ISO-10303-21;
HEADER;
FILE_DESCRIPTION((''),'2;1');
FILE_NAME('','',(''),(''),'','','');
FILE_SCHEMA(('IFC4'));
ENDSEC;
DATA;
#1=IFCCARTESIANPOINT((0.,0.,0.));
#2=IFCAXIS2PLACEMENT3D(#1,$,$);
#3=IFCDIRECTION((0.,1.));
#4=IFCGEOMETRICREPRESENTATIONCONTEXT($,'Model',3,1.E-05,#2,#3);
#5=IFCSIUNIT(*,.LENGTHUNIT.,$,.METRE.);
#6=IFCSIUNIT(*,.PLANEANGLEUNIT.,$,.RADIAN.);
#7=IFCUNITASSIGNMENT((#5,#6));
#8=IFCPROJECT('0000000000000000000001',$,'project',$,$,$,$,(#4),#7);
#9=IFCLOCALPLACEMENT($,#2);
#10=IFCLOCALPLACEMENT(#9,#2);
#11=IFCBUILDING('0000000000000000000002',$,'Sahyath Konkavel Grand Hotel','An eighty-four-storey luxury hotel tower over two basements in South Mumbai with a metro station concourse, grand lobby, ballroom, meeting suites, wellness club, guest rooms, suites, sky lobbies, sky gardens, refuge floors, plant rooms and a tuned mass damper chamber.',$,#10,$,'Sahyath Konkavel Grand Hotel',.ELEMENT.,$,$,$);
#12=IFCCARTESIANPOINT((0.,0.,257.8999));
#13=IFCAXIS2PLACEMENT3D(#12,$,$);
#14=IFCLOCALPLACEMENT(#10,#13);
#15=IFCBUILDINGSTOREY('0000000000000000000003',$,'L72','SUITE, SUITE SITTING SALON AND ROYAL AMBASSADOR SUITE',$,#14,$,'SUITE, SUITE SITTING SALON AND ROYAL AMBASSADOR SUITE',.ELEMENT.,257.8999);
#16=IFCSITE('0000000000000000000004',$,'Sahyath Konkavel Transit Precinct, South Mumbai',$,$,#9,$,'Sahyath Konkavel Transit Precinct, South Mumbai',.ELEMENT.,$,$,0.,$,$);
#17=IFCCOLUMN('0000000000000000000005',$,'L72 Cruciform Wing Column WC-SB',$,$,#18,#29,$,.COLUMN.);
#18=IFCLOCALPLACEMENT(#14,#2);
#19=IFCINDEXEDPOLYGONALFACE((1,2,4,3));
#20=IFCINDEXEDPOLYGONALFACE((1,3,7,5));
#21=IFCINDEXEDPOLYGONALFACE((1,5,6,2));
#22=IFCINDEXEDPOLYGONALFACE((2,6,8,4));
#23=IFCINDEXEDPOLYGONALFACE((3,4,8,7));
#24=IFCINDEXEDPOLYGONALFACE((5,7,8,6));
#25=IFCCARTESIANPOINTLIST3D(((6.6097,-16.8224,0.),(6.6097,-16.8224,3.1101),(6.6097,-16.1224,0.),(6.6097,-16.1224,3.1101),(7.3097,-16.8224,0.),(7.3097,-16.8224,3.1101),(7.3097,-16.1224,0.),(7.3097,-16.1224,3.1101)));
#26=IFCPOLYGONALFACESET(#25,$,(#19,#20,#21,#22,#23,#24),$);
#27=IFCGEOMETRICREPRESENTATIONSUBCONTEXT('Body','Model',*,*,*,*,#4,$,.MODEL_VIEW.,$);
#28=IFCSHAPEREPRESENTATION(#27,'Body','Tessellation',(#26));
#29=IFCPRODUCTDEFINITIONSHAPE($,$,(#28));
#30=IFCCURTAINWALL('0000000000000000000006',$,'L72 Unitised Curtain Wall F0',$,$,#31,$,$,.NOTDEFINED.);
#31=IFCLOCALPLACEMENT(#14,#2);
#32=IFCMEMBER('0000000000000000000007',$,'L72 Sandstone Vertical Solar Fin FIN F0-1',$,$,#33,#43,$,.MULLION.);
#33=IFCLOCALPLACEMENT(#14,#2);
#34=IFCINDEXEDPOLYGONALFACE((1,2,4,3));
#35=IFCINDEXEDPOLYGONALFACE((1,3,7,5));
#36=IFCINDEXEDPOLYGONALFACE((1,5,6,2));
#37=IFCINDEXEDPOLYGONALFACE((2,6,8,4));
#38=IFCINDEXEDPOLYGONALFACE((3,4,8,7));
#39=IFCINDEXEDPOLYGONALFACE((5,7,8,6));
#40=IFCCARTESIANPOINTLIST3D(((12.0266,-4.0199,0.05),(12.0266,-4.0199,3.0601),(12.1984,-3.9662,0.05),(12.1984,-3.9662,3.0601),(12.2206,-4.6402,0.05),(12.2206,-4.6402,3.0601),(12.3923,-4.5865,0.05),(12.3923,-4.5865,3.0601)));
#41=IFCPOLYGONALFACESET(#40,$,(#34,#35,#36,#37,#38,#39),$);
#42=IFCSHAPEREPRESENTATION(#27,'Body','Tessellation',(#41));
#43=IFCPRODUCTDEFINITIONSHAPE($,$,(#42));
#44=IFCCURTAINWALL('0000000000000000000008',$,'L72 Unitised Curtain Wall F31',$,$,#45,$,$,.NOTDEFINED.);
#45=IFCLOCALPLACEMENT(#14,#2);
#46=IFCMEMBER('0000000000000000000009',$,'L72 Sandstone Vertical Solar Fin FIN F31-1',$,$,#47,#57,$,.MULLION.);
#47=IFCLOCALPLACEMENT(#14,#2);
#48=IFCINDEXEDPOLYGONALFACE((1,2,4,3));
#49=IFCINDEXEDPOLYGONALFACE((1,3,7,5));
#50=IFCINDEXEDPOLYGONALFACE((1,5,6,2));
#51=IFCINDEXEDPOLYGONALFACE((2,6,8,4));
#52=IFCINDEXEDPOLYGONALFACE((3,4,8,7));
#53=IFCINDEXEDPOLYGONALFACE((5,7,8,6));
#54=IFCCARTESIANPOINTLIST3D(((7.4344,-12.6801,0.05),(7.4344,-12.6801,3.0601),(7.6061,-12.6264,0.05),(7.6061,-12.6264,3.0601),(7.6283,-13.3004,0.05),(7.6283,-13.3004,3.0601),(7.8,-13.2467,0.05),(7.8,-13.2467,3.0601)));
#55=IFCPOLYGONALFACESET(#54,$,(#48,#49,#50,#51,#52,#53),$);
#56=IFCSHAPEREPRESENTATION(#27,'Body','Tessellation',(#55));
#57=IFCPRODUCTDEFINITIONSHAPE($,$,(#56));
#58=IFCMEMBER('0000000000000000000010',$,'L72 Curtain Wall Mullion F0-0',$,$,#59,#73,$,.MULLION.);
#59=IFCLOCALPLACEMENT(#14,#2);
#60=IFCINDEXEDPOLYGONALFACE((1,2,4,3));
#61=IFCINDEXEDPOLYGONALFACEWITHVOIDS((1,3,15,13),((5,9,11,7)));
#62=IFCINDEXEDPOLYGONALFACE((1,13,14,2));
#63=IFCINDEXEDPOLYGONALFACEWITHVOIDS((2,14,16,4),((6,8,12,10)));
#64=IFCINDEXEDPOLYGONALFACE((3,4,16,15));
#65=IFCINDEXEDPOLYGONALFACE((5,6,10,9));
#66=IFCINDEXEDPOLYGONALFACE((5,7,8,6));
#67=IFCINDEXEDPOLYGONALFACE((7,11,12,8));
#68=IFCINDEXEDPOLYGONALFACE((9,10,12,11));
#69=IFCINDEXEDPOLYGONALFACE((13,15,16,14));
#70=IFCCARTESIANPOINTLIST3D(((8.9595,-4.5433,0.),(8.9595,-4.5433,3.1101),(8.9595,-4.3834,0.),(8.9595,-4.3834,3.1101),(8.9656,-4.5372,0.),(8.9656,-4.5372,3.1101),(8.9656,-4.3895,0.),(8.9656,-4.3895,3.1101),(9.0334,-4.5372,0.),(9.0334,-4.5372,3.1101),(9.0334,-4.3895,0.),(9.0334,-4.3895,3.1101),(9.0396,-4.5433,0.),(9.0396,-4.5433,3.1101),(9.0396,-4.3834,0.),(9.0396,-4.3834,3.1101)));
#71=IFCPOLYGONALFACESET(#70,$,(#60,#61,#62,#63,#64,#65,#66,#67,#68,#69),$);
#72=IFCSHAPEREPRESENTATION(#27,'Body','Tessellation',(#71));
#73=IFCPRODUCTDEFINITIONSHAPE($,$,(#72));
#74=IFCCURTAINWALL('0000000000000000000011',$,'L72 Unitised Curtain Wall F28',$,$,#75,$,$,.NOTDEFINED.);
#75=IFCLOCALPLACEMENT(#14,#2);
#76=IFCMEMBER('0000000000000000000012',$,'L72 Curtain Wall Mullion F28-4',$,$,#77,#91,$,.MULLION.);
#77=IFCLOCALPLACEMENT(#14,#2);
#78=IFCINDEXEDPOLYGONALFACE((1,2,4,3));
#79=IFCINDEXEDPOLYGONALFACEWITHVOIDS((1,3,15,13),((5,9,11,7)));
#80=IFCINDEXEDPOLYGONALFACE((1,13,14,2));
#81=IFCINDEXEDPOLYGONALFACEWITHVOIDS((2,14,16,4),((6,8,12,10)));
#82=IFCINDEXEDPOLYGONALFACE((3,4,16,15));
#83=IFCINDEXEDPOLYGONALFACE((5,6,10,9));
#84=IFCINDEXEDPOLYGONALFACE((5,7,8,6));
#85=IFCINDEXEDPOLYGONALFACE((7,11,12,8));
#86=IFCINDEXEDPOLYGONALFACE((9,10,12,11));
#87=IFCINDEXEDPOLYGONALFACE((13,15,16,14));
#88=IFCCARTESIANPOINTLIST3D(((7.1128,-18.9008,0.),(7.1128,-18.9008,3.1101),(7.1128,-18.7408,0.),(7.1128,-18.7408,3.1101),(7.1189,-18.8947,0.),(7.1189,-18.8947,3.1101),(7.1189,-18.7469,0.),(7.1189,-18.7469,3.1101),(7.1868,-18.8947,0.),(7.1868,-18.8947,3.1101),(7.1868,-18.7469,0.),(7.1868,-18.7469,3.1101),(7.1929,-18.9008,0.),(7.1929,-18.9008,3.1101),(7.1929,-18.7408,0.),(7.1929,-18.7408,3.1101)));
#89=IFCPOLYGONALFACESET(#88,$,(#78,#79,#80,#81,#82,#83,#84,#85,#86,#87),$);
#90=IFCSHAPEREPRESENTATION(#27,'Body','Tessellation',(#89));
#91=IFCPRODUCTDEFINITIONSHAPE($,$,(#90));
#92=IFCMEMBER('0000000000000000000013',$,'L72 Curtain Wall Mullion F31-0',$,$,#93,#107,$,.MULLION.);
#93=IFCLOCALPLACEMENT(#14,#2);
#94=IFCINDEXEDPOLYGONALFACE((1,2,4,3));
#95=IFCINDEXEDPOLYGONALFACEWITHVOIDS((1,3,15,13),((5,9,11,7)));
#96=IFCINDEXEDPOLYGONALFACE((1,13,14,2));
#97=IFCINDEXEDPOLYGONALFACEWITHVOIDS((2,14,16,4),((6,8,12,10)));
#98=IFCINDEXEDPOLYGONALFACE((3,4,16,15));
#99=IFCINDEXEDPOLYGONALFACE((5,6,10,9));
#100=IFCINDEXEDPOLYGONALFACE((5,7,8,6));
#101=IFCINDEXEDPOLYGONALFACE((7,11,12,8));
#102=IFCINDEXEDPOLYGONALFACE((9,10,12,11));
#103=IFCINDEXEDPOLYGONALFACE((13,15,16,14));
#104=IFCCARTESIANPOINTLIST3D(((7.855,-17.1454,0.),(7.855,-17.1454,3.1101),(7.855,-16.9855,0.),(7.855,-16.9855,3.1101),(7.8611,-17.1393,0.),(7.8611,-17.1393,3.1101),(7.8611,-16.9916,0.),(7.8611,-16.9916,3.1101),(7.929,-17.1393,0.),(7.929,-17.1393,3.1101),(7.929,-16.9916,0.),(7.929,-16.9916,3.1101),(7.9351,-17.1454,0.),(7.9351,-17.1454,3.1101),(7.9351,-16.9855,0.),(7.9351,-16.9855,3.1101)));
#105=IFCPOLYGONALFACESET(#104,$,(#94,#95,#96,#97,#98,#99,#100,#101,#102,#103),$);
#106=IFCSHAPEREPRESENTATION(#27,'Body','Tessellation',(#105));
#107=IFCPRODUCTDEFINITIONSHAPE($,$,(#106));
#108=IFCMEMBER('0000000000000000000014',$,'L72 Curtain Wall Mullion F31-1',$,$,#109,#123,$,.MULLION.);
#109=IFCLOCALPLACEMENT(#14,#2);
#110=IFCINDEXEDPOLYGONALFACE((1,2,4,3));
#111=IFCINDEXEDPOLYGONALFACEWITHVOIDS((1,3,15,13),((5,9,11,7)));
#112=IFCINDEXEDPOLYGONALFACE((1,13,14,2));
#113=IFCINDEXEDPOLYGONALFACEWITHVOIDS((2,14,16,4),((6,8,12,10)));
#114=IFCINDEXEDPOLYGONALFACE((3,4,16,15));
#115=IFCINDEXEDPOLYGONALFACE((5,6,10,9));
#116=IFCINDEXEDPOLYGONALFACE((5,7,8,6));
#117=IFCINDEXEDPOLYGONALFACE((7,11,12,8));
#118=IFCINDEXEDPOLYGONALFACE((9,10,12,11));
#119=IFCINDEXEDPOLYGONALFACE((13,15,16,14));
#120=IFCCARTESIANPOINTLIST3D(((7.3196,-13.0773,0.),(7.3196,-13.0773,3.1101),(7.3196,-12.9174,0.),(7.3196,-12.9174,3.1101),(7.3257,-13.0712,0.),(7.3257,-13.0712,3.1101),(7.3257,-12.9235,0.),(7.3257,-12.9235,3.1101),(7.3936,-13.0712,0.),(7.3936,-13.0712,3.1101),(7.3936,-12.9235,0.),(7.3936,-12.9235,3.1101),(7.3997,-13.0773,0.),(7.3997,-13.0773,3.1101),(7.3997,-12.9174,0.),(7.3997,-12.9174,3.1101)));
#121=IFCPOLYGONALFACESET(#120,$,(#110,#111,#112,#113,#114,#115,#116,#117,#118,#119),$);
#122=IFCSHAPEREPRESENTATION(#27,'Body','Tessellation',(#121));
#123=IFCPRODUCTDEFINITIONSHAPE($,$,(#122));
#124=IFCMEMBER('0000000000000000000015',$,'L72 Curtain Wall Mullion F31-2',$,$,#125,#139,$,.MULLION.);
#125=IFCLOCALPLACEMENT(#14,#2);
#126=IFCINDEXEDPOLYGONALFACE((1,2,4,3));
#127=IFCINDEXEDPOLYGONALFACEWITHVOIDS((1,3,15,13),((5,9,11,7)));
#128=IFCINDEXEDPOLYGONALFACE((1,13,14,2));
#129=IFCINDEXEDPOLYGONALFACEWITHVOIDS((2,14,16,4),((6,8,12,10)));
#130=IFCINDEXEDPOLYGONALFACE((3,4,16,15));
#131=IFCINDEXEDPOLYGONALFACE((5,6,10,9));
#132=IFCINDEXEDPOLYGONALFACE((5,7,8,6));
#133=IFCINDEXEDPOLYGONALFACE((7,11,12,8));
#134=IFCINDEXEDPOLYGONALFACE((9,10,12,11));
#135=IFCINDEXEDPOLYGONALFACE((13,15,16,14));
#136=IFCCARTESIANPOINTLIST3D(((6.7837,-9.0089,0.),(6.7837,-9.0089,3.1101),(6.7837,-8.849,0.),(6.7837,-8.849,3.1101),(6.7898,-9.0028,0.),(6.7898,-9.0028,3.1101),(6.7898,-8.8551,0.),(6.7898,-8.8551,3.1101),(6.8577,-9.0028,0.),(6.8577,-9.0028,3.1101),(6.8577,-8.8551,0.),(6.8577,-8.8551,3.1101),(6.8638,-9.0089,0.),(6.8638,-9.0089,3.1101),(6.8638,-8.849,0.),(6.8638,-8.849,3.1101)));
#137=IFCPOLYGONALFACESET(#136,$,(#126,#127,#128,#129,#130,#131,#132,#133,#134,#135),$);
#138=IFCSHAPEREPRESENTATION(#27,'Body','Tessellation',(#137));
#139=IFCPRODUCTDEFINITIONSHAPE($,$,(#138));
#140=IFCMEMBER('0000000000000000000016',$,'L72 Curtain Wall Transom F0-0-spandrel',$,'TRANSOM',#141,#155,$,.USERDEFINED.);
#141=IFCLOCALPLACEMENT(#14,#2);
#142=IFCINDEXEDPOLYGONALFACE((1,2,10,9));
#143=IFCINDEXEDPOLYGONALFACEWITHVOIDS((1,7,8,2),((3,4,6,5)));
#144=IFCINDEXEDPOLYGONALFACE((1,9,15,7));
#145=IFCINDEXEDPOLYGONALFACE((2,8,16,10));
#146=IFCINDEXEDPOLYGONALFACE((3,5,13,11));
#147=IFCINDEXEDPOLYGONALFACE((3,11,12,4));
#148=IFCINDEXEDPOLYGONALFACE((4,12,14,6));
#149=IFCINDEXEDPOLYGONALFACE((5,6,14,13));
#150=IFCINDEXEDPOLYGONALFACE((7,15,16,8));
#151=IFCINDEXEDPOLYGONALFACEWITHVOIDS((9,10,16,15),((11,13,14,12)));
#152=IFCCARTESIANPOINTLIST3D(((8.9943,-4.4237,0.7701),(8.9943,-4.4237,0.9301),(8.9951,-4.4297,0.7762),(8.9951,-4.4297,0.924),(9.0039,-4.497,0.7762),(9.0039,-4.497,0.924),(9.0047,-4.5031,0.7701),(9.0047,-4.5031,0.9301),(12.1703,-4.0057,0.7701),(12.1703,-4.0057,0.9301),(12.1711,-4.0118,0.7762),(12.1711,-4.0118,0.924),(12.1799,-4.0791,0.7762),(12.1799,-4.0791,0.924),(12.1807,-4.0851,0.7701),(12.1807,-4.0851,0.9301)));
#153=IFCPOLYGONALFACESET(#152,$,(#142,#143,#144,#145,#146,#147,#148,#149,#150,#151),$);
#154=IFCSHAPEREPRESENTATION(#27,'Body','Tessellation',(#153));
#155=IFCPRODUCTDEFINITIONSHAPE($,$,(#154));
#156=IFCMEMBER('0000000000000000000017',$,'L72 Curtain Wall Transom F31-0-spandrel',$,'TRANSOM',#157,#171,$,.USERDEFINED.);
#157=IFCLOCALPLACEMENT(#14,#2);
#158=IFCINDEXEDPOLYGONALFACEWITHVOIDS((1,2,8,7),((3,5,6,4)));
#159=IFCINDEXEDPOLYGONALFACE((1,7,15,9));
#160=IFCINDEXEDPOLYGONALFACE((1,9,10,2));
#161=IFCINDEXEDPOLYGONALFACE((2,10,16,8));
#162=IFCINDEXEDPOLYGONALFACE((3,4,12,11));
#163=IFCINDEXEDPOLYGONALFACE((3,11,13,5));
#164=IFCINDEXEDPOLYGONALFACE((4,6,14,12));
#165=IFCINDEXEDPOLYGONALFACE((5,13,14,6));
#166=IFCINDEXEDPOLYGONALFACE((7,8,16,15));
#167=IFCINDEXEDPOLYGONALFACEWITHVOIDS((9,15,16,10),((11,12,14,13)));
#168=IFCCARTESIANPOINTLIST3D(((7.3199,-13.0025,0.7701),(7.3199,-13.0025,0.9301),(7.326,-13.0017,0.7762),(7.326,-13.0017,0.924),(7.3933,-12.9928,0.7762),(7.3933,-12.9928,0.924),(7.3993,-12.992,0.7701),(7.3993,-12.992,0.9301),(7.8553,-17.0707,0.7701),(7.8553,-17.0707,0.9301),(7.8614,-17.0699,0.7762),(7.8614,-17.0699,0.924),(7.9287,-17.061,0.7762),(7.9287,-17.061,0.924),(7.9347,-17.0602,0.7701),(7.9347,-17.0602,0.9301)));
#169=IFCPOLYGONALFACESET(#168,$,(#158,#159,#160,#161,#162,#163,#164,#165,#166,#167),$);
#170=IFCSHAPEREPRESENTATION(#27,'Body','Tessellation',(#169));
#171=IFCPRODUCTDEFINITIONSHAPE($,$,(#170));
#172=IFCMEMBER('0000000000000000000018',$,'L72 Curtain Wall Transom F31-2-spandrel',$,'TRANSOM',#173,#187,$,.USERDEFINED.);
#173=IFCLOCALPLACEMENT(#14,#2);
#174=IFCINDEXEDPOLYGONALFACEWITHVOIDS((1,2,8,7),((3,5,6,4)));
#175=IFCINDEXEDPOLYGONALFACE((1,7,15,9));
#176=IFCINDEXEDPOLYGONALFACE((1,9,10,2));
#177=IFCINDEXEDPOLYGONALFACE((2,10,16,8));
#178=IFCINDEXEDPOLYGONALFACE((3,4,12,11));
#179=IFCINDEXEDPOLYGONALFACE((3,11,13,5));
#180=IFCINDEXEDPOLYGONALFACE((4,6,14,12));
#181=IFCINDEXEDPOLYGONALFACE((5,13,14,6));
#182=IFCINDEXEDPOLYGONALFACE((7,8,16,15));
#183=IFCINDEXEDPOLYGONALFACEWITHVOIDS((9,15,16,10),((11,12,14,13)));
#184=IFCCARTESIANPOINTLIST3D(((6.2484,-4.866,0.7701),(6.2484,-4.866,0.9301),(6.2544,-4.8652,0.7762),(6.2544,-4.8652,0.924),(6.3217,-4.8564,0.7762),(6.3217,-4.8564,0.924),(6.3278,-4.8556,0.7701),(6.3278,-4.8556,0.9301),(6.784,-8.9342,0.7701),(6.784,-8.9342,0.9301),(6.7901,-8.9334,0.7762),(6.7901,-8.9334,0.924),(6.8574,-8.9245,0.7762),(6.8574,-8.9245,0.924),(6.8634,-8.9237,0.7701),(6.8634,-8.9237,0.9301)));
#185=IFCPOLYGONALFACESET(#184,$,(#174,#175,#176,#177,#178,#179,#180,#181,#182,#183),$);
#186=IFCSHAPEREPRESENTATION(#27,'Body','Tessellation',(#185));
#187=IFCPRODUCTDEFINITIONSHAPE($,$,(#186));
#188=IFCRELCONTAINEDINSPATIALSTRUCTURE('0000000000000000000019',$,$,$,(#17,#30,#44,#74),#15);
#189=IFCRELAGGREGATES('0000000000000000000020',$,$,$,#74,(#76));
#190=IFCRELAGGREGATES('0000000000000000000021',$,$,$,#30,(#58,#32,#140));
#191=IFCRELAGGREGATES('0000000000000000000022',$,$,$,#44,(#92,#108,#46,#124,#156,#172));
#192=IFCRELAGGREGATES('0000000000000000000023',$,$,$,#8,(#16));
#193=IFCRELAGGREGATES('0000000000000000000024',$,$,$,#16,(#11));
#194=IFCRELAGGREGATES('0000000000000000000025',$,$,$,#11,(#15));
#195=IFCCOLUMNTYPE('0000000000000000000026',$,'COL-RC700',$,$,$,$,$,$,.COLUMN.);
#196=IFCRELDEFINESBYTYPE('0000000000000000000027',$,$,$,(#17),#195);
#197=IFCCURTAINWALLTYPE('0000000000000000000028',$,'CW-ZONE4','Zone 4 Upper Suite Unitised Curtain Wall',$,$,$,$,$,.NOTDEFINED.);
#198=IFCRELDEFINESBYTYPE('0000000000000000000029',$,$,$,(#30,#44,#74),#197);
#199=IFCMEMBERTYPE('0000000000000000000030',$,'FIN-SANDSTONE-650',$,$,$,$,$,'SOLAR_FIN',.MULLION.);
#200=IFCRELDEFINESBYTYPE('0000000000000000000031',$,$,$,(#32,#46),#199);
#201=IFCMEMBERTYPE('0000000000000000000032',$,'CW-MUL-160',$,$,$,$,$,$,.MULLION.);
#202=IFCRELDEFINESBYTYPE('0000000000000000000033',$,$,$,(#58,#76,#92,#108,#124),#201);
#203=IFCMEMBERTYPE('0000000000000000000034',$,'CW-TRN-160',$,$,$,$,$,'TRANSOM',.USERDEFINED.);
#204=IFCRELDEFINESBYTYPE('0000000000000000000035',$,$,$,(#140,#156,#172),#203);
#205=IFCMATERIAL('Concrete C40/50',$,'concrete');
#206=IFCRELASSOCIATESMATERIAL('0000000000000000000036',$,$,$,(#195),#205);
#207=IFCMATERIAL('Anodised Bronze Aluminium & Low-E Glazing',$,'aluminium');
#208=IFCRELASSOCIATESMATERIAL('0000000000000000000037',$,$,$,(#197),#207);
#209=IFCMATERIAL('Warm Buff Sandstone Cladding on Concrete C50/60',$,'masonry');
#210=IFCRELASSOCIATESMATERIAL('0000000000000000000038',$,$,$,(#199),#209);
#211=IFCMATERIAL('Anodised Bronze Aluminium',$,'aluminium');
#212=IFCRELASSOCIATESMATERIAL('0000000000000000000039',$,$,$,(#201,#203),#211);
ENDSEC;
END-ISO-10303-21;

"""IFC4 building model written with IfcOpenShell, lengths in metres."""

from ifc_helpers import new_model, si_unit, direction, frame, origin, origin_2d, place, context, subcontext, project, spatial, rectangle, hollow_rectangle, extrude, source, transform, mapped, material, material_profile, profile_set, type_object, element, aggregate, save


model = new_model("IFC4")

# Units and contexts
model_context = context("Model", 3, precision=1e-05, world=origin(), true_north=direction((0.0, 1.0)))
body_context = subcontext(model_context, "Body", "Model", "MODEL_VIEW")
ifc_project = project(units=[si_unit("LENGTHUNIT", "METRE"), si_unit("PLANEANGLEUNIT", "RADIAN")], contexts=[model_context])

# Site, building, storey
site_placement = place(None, origin())
site = spatial("IfcSite", under=ifc_project, at=site_placement, Name="Sahyath Konkavel Transit Precinct, South Mumbai", LongName="Sahyath Konkavel Transit Precinct, South Mumbai", CompositionType="ELEMENT", RefElevation=0.0)
building_placement = place(site_placement, origin())
building = spatial("IfcBuilding", under=site, at=building_placement, Name="Sahyath Konkavel Grand Hotel", Description="An eighty-four-storey luxury hotel tower over two basements in South Mumbai with a metro station concourse, grand lobby, ballroom, meeting suites, wellness club, guest rooms, suites, sky lobbies, sky gardens, refuge floors, plant rooms and a tuned mass damper chamber.", LongName="Sahyath Konkavel Grand Hotel", CompositionType="ELEMENT")
storey_placement = place(building_placement, frame((0.0, 0.0, 257.8999)))
storey = spatial("IfcBuildingStorey", under=building, at=storey_placement, Name="L72", Description="SUITE, SUITE SITTING SALON AND ROYAL AMBASSADOR SUITE", LongName="SUITE, SUITE SITTING SALON AND ROYAL AMBASSADOR SUITE", CompositionType="ELEMENT", Elevation=257.8999)

# Column
ifc_material_1 = material(Name="Concrete C40/50", Category="concrete")
ifc_material_profile_1 = material_profile(ifc_material_1, rectangle(XDim=0.7, YDim=0.7, at=origin_2d()), Name="RC 700x700")
ifc_profile_set_1 = profile_set([ifc_material_profile_1], Name="Concrete C40/50")
column_type = type_object("IfcColumnType", Name="COL-RC700", PredefinedType="COLUMN", material=ifc_profile_set_1)
shared_shape_1 = source(origin(), body_context, "Body", "SweptSolid", [
    extrude(rectangle(XDim=0.7, YDim=0.7, at=origin_2d()), origin(), (0.0, 0.0, 1.0), 3.1101),
])
column_placement = place(storey_placement, frame((6.9597, -16.4724, 0.0), z_axis=(0.0, 0.0, 1.0), x_axis=(1.0, 0.0, 0.0)))
element("IfcColumn", 1, at=column_placement, inside=storey, type_object=column_type, Name="L72 Cruciform Wing Column WC-SB", PredefinedType="COLUMN", context=body_context, shape_type="MappedRepresentation", body=[
    mapped(shared_shape_1, transform((0.0, 0.0, 0.0), scale=1.0)),
])

# Curtain walls, members
ifc_material_2 = material(Name="Anodised Bronze Aluminium & Low-E Glazing", Category="aluminium")
curtain_wall_type = type_object("IfcCurtainWallType", Name="CW-ZONE4", Description="Zone 4 Upper Suite Unitised Curtain Wall", PredefinedType="NOTDEFINED", material=ifc_material_2)
curtain_wall_1_placement = place(storey_placement, origin())
curtain_wall_1 = element("IfcCurtainWall", 2, at=curtain_wall_1_placement, inside=storey, type_object=curtain_wall_type, Name="L72 Unitised Curtain Wall F0", PredefinedType="NOTDEFINED")
ifc_material_3 = material(Name="Warm Buff Sandstone Cladding on Concrete C50/60", Category="masonry")
ifc_material_profile_2 = material_profile(ifc_material_3, rectangle(XDim=0.1799, YDim=0.6499, at=origin_2d()), Name="FIN 180x650")
ifc_profile_set_2 = profile_set([ifc_material_profile_2], Name="Warm Buff Sandstone Cladding on Concrete C50/60")
member_type_1 = type_object("IfcMemberType", Name="FIN-SANDSTONE-650", ElementType="SOLAR_FIN", PredefinedType="MULLION", material=ifc_profile_set_2)
shared_shape_2 = source(origin(), body_context, "Body", "SweptSolid", [
    extrude(rectangle(XDim=0.1799, YDim=0.6499, at=origin_2d()), origin(), (0.0, 0.0, 1.0), 3.01),
])
member_1_placement = place(storey_placement, frame((12.2095, -4.3032, 0.05), z_axis=(0.0, 0.0, 1.0), x_axis=(0.954449, 0.298375, 0.0)))
member_1 = element("IfcMember", 3, at=member_1_placement, type_object=member_type_1, Name="L72 Sandstone Vertical Solar Fin FIN F0-1", PredefinedType="MULLION", context=body_context, shape_type="MappedRepresentation", body=[
    mapped(shared_shape_2, transform((0.0, 0.0, 0.0), scale=1.0)),
])
curtain_wall_2_placement = place(storey_placement, origin())
curtain_wall_2 = element("IfcCurtainWall", 4, at=curtain_wall_2_placement, inside=storey, type_object=curtain_wall_type, Name="L72 Unitised Curtain Wall F31", PredefinedType="NOTDEFINED")
member_2_placement = place(storey_placement, frame((7.6172, -12.9634, 0.05), z_axis=(0.0, 0.0, 1.0), x_axis=(0.954449, 0.298375, 0.0)))
member_2 = element("IfcMember", 5, at=member_2_placement, type_object=member_type_1, Name="L72 Sandstone Vertical Solar Fin FIN F31-1", PredefinedType="MULLION", context=body_context, shape_type="MappedRepresentation", body=[
    mapped(shared_shape_2, transform((0.0, 0.0, 0.0), scale=1.0)),
])

# Member
ifc_material_4 = material(Name="Anodised Bronze Aluminium", Category="aluminium")
ifc_material_profile_3 = material_profile(ifc_material_4, hollow_rectangle(XDim=0.0801, YDim=0.1599, WallThickness=0.0061, at=origin_2d()), Name="RHS 160x80x6")
ifc_profile_set_3 = profile_set([ifc_material_profile_3], Name="Anodised Bronze Aluminium")
member_type_2 = type_object("IfcMemberType", Name="CW-MUL-160", PredefinedType="MULLION", material=ifc_profile_set_3)
shared_shape_3 = source(origin(), body_context, "Body", "SweptSolid", [
    extrude(hollow_rectangle(XDim=0.0801, YDim=0.1599, WallThickness=0.0061, at=origin_2d()), origin(), (0.0, 0.0, 1.0), 3.1101),
])
member_3_placement = place(storey_placement, frame((8.9995, -4.4634, 0.0), z_axis=(0.0, 0.0, 1.0), x_axis=(1.0, 0.0, 0.0)))
member_3 = element("IfcMember", 6, at=member_3_placement, type_object=member_type_2, Name="L72 Curtain Wall Mullion F0-0", PredefinedType="MULLION", context=body_context, shape_type="MappedRepresentation", body=[
    mapped(shared_shape_3, transform((0.0, 0.0, 0.0), scale=1.0)),
])

# Curtain wall, member
curtain_wall_3_placement = place(storey_placement, origin())
curtain_wall_3 = element("IfcCurtainWall", 7, at=curtain_wall_3_placement, inside=storey, type_object=curtain_wall_type, Name="L72 Unitised Curtain Wall F28", PredefinedType="NOTDEFINED")
member_4_placement = place(storey_placement, frame((7.1528, -18.8208, 0.0), z_axis=(0.0, 0.0, 1.0), x_axis=(1.0, 0.0, 0.0)))
member_4 = element("IfcMember", 8, at=member_4_placement, type_object=member_type_2, Name="L72 Curtain Wall Mullion F28-4", PredefinedType="MULLION", context=body_context, shape_type="MappedRepresentation", body=[
    mapped(shared_shape_3, transform((0.0, 0.0, 0.0), scale=1.0)),
])
aggregate(curtain_wall_3, [member_4])

# Members
member_5_placement = place(storey_placement, frame((7.895, -17.0654, 0.0), z_axis=(0.0, 0.0, 1.0), x_axis=(1.0, 0.0, 0.0)))
member_5 = element("IfcMember", 9, at=member_5_placement, type_object=member_type_2, Name="L72 Curtain Wall Mullion F31-0", PredefinedType="MULLION", context=body_context, shape_type="MappedRepresentation", body=[
    mapped(shared_shape_3, transform((0.0, 0.0, 0.0), scale=1.0)),
])
member_6_placement = place(storey_placement, frame((7.3596, -12.9973, 0.0), z_axis=(0.0, 0.0, 1.0), x_axis=(1.0, 0.0, 0.0)))
member_6 = element("IfcMember", 10, at=member_6_placement, type_object=member_type_2, Name="L72 Curtain Wall Mullion F31-1", PredefinedType="MULLION", context=body_context, shape_type="MappedRepresentation", body=[
    mapped(shared_shape_3, transform((0.0, 0.0, 0.0), scale=1.0)),
])
member_7_placement = place(storey_placement, frame((6.8237, -8.929, 0.0), z_axis=(0.0, 0.0, 1.0), x_axis=(1.0, 0.0, 0.0)))
member_7 = element("IfcMember", 11, at=member_7_placement, type_object=member_type_2, Name="L72 Curtain Wall Mullion F31-2", PredefinedType="MULLION", context=body_context, shape_type="MappedRepresentation", body=[
    mapped(shared_shape_3, transform((0.0, 0.0, 0.0), scale=1.0)),
])
ifc_material_profile_4 = material_profile(ifc_material_4, hollow_rectangle(XDim=0.0801, YDim=0.1599, WallThickness=0.0061, at=origin_2d()), Name="RHS 160x80x6")
ifc_profile_set_4 = profile_set([ifc_material_profile_4], Name="Anodised Bronze Aluminium")
member_type_3 = type_object("IfcMemberType", Name="CW-TRN-160", ElementType="TRANSOM", PredefinedType="USERDEFINED", material=ifc_profile_set_4)
shared_shape_4 = source(origin(), body_context, "Body", "SweptSolid", [
    extrude(hollow_rectangle(XDim=0.0801, YDim=0.1599, WallThickness=0.0061, at=origin_2d()), origin(), (0.0, 0.0, 1.0), 3.2034),
])
member_8_placement = place(storey_placement, frame((8.9995, -4.4634, 0.8501), z_axis=(0.991451, 0.130476, 0.0), x_axis=(-0.130476, 0.991451, 0.0)))
member_8 = element("IfcMember", 12, at=member_8_placement, type_object=member_type_3, Name="L72 Curtain Wall Transom F0-0-spandrel", ObjectType="TRANSOM", PredefinedType="USERDEFINED", context=body_context, shape_type="MappedRepresentation", body=[
    mapped(shared_shape_4, transform((0.0, 0.0, 0.0), scale=1.0)),
])
shared_shape_5 = source(origin(), body_context, "Body", "SweptSolid", [
    extrude(hollow_rectangle(XDim=0.0801, YDim=0.1599, WallThickness=0.0061, at=origin_2d()), origin(), (0.0, 0.0, 1.0), 4.1033),
])
member_9_placement = place(storey_placement, frame((7.895, -17.0654, 0.8501), z_axis=(-0.130484, 0.99145, 0.0), x_axis=(-0.99145, -0.130484, 0.0)))
member_9 = element("IfcMember", 13, at=member_9_placement, type_object=member_type_3, Name="L72 Curtain Wall Transom F31-0-spandrel", ObjectType="TRANSOM", PredefinedType="USERDEFINED", context=body_context, shape_type="MappedRepresentation", body=[
    mapped(shared_shape_5, transform((0.0, 0.0, 0.0), scale=1.0)),
])
member_10_placement = place(storey_placement, frame((6.8237, -8.929, 0.8501), z_axis=(-0.130542, 0.991443, 0.0), x_axis=(-0.991443, -0.130542, 0.0)))
member_10 = element("IfcMember", 14, at=member_10_placement, type_object=member_type_3, Name="L72 Curtain Wall Transom F31-2-spandrel", ObjectType="TRANSOM", PredefinedType="USERDEFINED", context=body_context, shape_type="MappedRepresentation", body=[
    mapped(shared_shape_5, transform((0.0, 0.0, 0.0), scale=1.0)),
])

aggregate(curtain_wall_1, [member_3, member_1, member_8])
aggregate(curtain_wall_2, [member_5, member_6, member_2, member_7, member_9, member_10])

save(model, "model.ifc")
